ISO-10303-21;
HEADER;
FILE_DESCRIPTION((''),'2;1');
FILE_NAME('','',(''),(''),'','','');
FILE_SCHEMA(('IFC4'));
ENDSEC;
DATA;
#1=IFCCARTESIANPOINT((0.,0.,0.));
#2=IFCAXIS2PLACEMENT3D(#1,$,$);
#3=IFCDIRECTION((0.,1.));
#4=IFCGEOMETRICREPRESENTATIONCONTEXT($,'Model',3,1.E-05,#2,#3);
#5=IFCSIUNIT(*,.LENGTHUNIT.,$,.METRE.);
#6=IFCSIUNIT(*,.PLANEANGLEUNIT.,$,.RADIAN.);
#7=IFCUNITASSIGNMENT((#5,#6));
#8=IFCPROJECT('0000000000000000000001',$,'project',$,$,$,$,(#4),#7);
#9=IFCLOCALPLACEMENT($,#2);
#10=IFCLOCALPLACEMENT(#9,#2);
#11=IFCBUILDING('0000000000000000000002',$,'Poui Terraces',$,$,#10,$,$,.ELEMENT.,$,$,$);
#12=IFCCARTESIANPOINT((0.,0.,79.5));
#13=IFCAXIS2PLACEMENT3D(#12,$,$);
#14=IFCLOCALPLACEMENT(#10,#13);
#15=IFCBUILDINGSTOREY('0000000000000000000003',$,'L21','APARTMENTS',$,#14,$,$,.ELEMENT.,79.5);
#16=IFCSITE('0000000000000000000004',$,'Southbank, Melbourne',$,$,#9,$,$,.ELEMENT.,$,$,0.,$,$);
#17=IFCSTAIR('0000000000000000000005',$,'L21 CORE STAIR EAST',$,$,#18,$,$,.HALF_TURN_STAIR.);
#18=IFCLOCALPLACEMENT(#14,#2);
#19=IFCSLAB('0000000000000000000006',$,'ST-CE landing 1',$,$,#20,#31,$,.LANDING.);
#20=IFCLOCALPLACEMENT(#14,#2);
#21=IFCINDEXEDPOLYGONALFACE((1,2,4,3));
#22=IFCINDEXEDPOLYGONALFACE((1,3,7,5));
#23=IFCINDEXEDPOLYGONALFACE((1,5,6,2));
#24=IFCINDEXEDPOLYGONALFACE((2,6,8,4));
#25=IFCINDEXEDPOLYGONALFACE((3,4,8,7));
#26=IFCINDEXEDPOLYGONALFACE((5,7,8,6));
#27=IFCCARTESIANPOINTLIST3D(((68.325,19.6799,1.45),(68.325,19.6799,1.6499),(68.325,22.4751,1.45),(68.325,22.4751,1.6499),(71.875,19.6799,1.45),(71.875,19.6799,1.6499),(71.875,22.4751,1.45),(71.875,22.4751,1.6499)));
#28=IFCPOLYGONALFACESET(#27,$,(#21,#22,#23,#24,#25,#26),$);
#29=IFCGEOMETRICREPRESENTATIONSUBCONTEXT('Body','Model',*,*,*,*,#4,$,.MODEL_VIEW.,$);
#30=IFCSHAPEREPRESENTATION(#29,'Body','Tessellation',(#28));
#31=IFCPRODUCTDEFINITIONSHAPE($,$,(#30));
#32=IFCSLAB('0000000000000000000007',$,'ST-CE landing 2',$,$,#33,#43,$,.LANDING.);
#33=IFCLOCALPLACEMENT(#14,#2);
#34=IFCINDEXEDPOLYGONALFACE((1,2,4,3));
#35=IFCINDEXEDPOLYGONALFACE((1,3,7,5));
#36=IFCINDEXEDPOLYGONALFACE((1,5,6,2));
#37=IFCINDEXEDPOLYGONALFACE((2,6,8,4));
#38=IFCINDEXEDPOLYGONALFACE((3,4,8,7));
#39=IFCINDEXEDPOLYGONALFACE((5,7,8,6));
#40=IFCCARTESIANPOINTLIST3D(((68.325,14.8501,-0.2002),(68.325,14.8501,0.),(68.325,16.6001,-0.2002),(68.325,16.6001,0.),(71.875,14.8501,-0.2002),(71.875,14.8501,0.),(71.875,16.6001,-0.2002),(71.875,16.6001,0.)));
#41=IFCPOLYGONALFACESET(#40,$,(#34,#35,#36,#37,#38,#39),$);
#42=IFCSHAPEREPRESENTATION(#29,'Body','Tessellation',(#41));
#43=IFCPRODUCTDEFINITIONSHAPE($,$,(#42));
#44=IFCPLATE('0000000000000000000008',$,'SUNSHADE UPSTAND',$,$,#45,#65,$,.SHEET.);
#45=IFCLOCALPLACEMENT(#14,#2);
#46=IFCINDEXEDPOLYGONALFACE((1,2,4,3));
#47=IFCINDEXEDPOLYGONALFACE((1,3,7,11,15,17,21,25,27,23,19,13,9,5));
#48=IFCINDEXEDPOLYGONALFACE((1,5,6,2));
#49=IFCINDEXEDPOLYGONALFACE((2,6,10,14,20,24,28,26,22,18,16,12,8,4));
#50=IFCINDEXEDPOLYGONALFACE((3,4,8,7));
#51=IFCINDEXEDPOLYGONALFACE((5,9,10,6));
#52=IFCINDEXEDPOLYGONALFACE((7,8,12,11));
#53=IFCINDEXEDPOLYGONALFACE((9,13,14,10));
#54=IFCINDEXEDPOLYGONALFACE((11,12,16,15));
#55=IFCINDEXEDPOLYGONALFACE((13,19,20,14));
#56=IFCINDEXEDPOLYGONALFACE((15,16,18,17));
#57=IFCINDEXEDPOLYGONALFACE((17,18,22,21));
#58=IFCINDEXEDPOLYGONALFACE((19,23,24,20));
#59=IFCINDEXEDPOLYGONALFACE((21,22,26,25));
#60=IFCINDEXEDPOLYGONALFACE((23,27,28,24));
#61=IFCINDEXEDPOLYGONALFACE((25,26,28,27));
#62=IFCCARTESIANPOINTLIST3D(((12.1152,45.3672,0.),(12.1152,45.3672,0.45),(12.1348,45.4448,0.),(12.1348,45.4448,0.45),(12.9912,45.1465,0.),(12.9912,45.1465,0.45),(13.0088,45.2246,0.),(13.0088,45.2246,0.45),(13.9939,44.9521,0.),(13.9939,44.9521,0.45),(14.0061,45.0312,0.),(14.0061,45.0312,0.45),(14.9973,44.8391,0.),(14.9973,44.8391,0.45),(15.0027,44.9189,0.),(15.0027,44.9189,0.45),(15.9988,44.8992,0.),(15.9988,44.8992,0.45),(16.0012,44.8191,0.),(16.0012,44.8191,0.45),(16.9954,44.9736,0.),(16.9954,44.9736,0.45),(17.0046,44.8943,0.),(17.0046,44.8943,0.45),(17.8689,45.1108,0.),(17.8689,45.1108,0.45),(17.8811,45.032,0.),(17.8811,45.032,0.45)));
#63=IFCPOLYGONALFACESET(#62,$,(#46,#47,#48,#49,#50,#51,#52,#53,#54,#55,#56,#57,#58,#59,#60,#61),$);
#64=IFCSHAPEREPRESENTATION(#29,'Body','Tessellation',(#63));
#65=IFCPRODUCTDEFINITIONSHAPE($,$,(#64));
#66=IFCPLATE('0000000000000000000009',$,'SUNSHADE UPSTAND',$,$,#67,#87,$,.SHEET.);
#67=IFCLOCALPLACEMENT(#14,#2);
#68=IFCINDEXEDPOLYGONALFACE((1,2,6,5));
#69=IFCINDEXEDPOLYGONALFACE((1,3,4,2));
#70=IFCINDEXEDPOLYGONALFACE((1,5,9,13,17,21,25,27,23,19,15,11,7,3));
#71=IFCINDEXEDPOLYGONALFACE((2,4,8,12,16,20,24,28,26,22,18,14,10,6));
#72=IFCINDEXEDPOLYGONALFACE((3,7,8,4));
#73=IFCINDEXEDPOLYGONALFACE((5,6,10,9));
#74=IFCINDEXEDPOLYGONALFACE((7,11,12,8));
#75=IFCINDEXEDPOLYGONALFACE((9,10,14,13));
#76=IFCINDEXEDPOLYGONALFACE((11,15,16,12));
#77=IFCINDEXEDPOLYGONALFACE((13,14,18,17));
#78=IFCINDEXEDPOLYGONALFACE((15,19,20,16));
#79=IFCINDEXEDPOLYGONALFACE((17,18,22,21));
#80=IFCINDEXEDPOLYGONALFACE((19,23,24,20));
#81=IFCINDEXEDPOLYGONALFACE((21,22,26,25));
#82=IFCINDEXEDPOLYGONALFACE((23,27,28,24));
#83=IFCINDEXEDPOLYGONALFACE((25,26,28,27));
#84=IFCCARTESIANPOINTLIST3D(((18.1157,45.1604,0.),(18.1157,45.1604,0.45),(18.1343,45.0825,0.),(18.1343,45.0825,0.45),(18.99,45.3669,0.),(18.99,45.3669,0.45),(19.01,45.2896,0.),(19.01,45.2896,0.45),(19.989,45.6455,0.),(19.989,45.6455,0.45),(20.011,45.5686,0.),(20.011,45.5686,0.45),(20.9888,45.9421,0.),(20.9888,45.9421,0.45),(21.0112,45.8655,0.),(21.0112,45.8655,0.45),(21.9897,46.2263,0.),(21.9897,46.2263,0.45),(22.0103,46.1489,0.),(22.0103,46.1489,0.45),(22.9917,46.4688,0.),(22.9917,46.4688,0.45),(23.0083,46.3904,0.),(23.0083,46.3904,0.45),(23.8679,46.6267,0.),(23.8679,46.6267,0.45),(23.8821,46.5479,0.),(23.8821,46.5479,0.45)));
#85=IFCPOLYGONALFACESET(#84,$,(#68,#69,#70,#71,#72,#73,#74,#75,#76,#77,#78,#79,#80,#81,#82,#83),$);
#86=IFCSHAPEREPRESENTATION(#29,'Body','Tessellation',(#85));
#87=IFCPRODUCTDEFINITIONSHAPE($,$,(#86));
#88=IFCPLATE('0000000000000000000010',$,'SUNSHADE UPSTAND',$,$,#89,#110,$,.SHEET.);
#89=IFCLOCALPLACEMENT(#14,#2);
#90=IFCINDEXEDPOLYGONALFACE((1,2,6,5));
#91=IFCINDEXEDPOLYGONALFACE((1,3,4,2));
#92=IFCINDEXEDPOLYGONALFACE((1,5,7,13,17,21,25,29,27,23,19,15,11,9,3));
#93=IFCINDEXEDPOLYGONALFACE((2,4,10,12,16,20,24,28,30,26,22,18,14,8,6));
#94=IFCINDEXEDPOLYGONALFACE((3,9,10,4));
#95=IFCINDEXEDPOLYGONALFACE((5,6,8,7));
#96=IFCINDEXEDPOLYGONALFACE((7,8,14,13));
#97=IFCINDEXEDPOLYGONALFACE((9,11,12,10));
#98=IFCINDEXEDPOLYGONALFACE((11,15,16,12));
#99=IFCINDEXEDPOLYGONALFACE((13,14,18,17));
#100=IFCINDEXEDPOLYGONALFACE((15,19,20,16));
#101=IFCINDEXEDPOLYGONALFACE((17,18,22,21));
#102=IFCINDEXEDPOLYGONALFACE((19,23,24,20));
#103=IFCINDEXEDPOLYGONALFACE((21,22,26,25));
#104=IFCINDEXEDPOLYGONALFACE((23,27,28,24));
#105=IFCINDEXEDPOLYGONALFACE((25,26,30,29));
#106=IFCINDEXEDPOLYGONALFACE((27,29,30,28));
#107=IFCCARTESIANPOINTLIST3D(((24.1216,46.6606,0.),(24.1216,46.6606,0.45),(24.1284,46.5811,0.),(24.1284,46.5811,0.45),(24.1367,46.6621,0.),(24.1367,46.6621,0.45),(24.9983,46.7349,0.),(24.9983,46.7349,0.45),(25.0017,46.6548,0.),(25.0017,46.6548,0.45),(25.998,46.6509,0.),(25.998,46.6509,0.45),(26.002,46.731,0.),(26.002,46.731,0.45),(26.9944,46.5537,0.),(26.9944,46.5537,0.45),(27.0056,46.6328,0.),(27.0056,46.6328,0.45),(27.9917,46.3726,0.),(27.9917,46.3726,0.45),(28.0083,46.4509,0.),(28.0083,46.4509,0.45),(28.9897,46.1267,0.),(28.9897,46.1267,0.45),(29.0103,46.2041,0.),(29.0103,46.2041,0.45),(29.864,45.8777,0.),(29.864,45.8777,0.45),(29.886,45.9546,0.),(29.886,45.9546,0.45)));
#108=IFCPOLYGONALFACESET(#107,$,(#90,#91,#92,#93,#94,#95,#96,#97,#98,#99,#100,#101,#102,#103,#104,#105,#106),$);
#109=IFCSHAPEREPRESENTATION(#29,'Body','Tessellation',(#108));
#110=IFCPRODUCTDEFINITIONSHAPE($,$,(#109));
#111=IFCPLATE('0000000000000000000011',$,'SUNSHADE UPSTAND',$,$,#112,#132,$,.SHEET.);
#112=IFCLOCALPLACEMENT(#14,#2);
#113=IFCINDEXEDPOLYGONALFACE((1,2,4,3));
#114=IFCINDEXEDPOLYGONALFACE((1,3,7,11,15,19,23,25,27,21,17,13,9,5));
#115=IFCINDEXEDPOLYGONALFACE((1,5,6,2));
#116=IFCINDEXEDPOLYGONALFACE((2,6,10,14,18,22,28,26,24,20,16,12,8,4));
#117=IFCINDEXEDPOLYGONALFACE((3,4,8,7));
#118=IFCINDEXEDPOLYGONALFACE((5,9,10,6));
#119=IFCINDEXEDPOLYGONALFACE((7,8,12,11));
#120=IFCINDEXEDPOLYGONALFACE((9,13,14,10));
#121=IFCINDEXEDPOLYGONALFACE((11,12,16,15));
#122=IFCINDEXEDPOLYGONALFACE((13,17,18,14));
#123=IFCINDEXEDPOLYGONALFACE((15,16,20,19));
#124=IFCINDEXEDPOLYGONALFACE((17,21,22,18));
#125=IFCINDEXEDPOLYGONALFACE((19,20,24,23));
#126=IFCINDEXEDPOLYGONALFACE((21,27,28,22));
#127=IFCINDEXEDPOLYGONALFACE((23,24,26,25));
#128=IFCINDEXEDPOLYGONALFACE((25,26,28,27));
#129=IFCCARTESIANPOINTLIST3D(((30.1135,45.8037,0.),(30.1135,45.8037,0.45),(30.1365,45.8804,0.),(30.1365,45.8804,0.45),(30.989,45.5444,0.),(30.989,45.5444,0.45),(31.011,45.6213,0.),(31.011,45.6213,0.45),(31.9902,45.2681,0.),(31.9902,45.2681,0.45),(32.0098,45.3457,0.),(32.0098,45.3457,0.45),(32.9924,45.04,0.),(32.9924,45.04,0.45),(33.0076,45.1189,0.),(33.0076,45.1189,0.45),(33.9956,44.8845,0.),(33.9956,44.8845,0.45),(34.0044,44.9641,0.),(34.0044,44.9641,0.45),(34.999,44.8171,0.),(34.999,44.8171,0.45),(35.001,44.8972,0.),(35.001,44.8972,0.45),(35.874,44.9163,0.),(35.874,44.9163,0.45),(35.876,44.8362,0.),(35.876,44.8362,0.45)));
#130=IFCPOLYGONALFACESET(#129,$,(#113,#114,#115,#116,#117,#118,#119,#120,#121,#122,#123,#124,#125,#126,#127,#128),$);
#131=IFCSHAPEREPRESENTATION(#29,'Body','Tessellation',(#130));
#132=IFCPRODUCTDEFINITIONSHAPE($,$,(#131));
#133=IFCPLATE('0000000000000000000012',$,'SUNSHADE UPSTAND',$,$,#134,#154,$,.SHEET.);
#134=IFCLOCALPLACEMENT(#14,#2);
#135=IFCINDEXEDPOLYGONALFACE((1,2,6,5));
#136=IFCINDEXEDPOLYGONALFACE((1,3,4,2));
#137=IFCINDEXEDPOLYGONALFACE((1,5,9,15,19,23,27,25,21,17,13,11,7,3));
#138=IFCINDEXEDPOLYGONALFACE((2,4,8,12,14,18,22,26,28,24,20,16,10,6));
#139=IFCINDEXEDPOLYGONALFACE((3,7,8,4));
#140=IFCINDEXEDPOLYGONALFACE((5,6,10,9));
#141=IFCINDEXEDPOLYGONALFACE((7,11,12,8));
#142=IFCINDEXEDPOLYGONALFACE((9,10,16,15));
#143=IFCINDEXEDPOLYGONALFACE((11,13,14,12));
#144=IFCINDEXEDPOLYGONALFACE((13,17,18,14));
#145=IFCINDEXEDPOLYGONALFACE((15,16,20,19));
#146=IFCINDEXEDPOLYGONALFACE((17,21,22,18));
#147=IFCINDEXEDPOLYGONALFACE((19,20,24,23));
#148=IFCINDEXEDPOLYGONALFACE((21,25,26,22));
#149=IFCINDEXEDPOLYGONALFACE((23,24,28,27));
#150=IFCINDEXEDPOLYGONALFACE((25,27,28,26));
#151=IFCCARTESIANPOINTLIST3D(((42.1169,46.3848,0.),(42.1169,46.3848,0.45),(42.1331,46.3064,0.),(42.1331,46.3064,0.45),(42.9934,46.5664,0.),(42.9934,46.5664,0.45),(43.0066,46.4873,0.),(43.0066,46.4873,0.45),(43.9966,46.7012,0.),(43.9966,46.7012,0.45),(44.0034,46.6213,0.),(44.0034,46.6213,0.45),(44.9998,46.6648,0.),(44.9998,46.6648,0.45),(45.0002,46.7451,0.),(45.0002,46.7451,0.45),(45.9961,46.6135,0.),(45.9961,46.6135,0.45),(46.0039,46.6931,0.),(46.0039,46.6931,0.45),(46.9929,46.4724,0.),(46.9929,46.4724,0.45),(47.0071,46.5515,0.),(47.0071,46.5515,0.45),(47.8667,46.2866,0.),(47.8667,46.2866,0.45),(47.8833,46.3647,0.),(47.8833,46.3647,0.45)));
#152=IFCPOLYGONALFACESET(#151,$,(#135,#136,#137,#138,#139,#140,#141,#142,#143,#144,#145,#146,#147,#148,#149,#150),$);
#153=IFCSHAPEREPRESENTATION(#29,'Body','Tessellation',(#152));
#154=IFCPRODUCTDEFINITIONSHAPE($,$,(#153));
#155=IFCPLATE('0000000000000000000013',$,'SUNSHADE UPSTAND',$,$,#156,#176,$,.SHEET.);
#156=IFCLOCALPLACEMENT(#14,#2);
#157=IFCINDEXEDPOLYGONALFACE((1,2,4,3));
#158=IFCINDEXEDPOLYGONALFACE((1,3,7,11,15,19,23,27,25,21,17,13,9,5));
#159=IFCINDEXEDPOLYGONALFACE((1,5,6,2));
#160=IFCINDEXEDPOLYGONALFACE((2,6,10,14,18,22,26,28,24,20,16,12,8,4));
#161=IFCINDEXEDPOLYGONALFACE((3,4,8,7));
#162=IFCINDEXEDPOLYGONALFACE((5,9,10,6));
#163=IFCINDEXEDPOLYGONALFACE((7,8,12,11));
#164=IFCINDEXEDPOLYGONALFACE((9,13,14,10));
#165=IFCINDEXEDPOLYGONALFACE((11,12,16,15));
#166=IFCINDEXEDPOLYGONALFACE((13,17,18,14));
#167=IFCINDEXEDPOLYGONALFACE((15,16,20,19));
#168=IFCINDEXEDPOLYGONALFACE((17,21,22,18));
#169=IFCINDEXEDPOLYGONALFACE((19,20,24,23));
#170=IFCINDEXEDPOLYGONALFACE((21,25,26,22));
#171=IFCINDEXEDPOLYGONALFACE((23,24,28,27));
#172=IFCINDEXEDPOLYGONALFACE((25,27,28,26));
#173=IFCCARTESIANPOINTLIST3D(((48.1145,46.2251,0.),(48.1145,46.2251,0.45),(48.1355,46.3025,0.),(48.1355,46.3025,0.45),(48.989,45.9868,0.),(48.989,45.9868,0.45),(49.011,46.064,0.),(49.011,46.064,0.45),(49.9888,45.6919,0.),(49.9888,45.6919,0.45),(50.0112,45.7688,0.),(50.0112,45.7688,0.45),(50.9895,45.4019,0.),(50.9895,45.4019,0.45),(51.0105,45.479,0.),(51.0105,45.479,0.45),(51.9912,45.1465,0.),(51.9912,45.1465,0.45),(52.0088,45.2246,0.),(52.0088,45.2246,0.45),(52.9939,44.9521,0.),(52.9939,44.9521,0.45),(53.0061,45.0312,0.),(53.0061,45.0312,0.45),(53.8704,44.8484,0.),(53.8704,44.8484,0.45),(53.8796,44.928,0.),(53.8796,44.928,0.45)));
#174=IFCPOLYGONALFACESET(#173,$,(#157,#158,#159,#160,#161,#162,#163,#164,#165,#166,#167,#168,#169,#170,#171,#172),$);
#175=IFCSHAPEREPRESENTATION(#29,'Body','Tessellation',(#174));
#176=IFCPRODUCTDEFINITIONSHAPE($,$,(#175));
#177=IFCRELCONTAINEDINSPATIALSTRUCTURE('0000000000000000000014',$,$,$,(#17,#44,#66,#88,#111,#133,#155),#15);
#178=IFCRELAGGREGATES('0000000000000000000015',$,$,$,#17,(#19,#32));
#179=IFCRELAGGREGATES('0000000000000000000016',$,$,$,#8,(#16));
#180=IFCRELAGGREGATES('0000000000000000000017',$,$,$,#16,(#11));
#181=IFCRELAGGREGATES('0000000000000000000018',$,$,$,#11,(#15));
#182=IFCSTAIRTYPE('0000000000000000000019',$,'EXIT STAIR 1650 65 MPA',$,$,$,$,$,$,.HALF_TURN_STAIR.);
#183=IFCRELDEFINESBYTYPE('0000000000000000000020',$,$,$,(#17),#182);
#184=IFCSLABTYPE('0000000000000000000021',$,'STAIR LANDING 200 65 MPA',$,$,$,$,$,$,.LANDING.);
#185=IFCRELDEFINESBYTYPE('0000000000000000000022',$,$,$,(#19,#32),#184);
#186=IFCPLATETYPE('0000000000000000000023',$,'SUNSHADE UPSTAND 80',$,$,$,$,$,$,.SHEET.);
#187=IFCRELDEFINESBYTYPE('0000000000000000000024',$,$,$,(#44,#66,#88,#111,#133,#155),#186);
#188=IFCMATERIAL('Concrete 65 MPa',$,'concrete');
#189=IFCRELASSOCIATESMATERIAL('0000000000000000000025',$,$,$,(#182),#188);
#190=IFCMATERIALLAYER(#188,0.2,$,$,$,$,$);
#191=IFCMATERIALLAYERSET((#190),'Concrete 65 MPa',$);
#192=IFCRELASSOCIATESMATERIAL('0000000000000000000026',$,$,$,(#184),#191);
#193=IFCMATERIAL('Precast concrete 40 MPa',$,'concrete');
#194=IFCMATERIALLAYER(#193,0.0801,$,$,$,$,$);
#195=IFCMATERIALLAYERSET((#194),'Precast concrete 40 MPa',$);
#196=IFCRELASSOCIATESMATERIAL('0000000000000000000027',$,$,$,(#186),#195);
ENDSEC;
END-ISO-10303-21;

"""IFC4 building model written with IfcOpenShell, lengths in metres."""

from ifc_helpers import new_model, si_unit, direction, frame, origin, place, context, subcontext, project, spatial, polyline, outline, extrude, material, layer, layer_set, type_object, element, aggregate, save


model = new_model("IFC4")

# Units and contexts
model_context = context("Model", 3, precision=1e-05, world=origin(), true_north=direction((0.0, 1.0)))
body_context = subcontext(model_context, "Body", "Model", "MODEL_VIEW")
ifc_project = project(units=[si_unit("LENGTHUNIT", "METRE"), si_unit("PLANEANGLEUNIT", "RADIAN")], contexts=[model_context])

# Site, building, storey
site_placement = place(None, origin())
site = spatial("IfcSite", under=ifc_project, at=site_placement, Name="Southbank, Melbourne", CompositionType="ELEMENT", RefElevation=0.0)
building_placement = place(site_placement, origin())
building = spatial("IfcBuilding", under=site, at=building_placement, Name="Poui Terraces", CompositionType="ELEMENT")
storey_placement = place(building_placement, frame((0.0, 0.0, 79.5)))
storey = spatial("IfcBuildingStorey", under=building, at=storey_placement, Name="L21", Description="APARTMENTS", CompositionType="ELEMENT", Elevation=79.5)

# Shared definitions
ifc_material_1 = material(Name="Precast concrete 40 MPa", Category="concrete")

# Stair, slabs
ifc_material_2 = material(Name="Concrete 65 MPa", Category="concrete")
stair_type = type_object("IfcStairType", Name="EXIT STAIR 1650 65 MPA", PredefinedType="HALF_TURN_STAIR", material=ifc_material_2)
stair_placement = place(storey_placement, origin())
stair = element("IfcStair", 1, at=stair_placement, inside=storey, type_object=stair_type, Name="L21 CORE STAIR EAST", PredefinedType="HALF_TURN_STAIR")
ifc_layer_1 = layer(ifc_material_2, 0.2)
ifc_layer_set_1 = layer_set([ifc_layer_1], Name="Concrete 65 MPa")
slab_type_1 = type_object("IfcSlabType", Name="STAIR LANDING 200 65 MPA", PredefinedType="LANDING", material=ifc_layer_set_1)
slab_1_placement = place(storey_placement, frame((0.0, 0.0, 1.45)))
slab_1 = element("IfcSlab", 2, at=slab_1_placement, type_object=slab_type_1, Name="ST-CE landing 1", PredefinedType="LANDING", context=body_context, shape_type="SweptSolid", body=[
    extrude(outline(polyline([(68.325, 19.6799), (71.875, 19.6799), (71.875, 22.4751), (68.325, 22.4751), (68.325, 19.6799)])), origin(), (0.0, 0.0, 1.0), 0.2),
])
slab_2_placement = place(storey_placement, frame((0.0, 0.0, -0.2002)))
slab_2 = element("IfcSlab", 3, at=slab_2_placement, type_object=slab_type_1, Name="ST-CE landing 2", PredefinedType="LANDING", context=body_context, shape_type="SweptSolid", body=[
    extrude(outline(polyline([(68.325, 14.8501), (71.875, 14.8501), (71.875, 16.6001), (68.325, 16.6001), (68.325, 14.8501)])), origin(), (0.0, 0.0, 1.0), 0.2002),
])
aggregate(stair, [slab_1, slab_2])

# Plates
ifc_layer_2 = layer(ifc_material_1, 0.0801)
ifc_layer_set_2 = layer_set([ifc_layer_2], Name="Precast concrete 40 MPa")
plate_type = type_object("IfcPlateType", Name="SUNSHADE UPSTAND 80", PredefinedType="SHEET", material=ifc_layer_set_2)
plate_1_placement = place(storey_placement, origin())
element("IfcPlate", 4, at=plate_1_placement, inside=storey, type_object=plate_type, Name="SUNSHADE UPSTAND", PredefinedType="SHEET", context=body_context, shape_type="SweptSolid", body=[
    extrude(outline(polyline([(13.0088, 45.2246), (12.1348, 45.4448), (12.1152, 45.3672), (12.9912, 45.1465), (13.9939, 44.9521), (14.9973, 44.8391), (16.0012, 44.8191), (17.0046, 44.8943), (17.8811, 45.032), (17.8689, 45.1108), (16.9954, 44.9736), (15.9988, 44.8992), (15.0027, 44.9189), (14.0061, 45.0312), (13.0088, 45.2246)])), origin(), (0.0, 0.0, 1.0), 0.45),
])
plate_2_placement = place(storey_placement, origin())
element("IfcPlate", 5, at=plate_2_placement, inside=storey, type_object=plate_type, Name="SUNSHADE UPSTAND", PredefinedType="SHEET", context=body_context, shape_type="SweptSolid", body=[
    extrude(outline(polyline([(18.99, 45.3669), (18.1157, 45.1604), (18.1343, 45.0825), (19.01, 45.2896), (20.011, 45.5686), (21.0112, 45.8655), (22.0103, 46.1489), (23.0083, 46.3904), (23.8821, 46.5479), (23.8679, 46.6267), (22.9917, 46.4688), (21.9897, 46.2263), (20.9888, 45.9421), (19.989, 45.6455), (18.99, 45.3669)])), origin(), (0.0, 0.0, 1.0), 0.45),
])
plate_3_placement = place(storey_placement, origin())
element("IfcPlate", 6, at=plate_3_placement, inside=storey, type_object=plate_type, Name="SUNSHADE UPSTAND", PredefinedType="SHEET", context=body_context, shape_type="SweptSolid", body=[
    extrude(outline(polyline([(24.9983, 46.7349), (24.1367, 46.6621), (24.1216, 46.6606), (24.1284, 46.5811), (25.0017, 46.6548), (25.998, 46.6509), (26.9944, 46.5537), (27.9917, 46.3726), (28.9897, 46.1267), (29.864, 45.8777), (29.886, 45.9546), (29.0103, 46.2041), (28.0083, 46.4509), (27.0056, 46.6328), (26.002, 46.731), (24.9983, 46.7349)])), origin(), (0.0, 0.0, 1.0), 0.45),
])
plate_4_placement = place(storey_placement, origin())
element("IfcPlate", 7, at=plate_4_placement, inside=storey, type_object=plate_type, Name="SUNSHADE UPSTAND", PredefinedType="SHEET", context=body_context, shape_type="SweptSolid", body=[
    extrude(outline(polyline([(31.011, 45.6213), (30.1365, 45.8804), (30.1135, 45.8037), (30.989, 45.5444), (31.9902, 45.2681), (32.9924, 45.04), (33.9956, 44.8845), (34.999, 44.8171), (35.876, 44.8362), (35.874, 44.9163), (35.001, 44.8972), (34.0044, 44.9641), (33.0076, 45.1189), (32.0098, 45.3457), (31.011, 45.6213)])), origin(), (0.0, 0.0, 1.0), 0.45),
])
plate_5_placement = place(storey_placement, origin())
element("IfcPlate", 8, at=plate_5_placement, inside=storey, type_object=plate_type, Name="SUNSHADE UPSTAND", PredefinedType="SHEET", context=body_context, shape_type="SweptSolid", body=[
    extrude(outline(polyline([(42.9934, 46.5664), (42.1169, 46.3848), (42.1331, 46.3064), (43.0066, 46.4873), (44.0034, 46.6213), (44.9998, 46.6648), (45.9961, 46.6135), (46.9929, 46.4724), (47.8667, 46.2866), (47.8833, 46.3647), (47.0071, 46.5515), (46.0039, 46.6931), (45.0002, 46.7451), (43.9966, 46.7012), (42.9934, 46.5664)])), origin(), (0.0, 0.0, 1.0), 0.45),
])
plate_6_placement = place(storey_placement, origin())
element("IfcPlate", 9, at=plate_6_placement, inside=storey, type_object=plate_type, Name="SUNSHADE UPSTAND", PredefinedType="SHEET", context=body_context, shape_type="SweptSolid", body=[
    extrude(outline(polyline([(49.011, 46.064), (48.1355, 46.3025), (48.1145, 46.2251), (48.989, 45.9868), (49.9888, 45.6919), (50.9895, 45.4019), (51.9912, 45.1465), (52.9939, 44.9521), (53.8704, 44.8484), (53.8796, 44.928), (53.0061, 45.0312), (52.0088, 45.2246), (51.0105, 45.479), (50.0112, 45.7688), (49.011, 46.064)])), origin(), (0.0, 0.0, 1.0), 0.45),
])

save(model, "model.ifc")
